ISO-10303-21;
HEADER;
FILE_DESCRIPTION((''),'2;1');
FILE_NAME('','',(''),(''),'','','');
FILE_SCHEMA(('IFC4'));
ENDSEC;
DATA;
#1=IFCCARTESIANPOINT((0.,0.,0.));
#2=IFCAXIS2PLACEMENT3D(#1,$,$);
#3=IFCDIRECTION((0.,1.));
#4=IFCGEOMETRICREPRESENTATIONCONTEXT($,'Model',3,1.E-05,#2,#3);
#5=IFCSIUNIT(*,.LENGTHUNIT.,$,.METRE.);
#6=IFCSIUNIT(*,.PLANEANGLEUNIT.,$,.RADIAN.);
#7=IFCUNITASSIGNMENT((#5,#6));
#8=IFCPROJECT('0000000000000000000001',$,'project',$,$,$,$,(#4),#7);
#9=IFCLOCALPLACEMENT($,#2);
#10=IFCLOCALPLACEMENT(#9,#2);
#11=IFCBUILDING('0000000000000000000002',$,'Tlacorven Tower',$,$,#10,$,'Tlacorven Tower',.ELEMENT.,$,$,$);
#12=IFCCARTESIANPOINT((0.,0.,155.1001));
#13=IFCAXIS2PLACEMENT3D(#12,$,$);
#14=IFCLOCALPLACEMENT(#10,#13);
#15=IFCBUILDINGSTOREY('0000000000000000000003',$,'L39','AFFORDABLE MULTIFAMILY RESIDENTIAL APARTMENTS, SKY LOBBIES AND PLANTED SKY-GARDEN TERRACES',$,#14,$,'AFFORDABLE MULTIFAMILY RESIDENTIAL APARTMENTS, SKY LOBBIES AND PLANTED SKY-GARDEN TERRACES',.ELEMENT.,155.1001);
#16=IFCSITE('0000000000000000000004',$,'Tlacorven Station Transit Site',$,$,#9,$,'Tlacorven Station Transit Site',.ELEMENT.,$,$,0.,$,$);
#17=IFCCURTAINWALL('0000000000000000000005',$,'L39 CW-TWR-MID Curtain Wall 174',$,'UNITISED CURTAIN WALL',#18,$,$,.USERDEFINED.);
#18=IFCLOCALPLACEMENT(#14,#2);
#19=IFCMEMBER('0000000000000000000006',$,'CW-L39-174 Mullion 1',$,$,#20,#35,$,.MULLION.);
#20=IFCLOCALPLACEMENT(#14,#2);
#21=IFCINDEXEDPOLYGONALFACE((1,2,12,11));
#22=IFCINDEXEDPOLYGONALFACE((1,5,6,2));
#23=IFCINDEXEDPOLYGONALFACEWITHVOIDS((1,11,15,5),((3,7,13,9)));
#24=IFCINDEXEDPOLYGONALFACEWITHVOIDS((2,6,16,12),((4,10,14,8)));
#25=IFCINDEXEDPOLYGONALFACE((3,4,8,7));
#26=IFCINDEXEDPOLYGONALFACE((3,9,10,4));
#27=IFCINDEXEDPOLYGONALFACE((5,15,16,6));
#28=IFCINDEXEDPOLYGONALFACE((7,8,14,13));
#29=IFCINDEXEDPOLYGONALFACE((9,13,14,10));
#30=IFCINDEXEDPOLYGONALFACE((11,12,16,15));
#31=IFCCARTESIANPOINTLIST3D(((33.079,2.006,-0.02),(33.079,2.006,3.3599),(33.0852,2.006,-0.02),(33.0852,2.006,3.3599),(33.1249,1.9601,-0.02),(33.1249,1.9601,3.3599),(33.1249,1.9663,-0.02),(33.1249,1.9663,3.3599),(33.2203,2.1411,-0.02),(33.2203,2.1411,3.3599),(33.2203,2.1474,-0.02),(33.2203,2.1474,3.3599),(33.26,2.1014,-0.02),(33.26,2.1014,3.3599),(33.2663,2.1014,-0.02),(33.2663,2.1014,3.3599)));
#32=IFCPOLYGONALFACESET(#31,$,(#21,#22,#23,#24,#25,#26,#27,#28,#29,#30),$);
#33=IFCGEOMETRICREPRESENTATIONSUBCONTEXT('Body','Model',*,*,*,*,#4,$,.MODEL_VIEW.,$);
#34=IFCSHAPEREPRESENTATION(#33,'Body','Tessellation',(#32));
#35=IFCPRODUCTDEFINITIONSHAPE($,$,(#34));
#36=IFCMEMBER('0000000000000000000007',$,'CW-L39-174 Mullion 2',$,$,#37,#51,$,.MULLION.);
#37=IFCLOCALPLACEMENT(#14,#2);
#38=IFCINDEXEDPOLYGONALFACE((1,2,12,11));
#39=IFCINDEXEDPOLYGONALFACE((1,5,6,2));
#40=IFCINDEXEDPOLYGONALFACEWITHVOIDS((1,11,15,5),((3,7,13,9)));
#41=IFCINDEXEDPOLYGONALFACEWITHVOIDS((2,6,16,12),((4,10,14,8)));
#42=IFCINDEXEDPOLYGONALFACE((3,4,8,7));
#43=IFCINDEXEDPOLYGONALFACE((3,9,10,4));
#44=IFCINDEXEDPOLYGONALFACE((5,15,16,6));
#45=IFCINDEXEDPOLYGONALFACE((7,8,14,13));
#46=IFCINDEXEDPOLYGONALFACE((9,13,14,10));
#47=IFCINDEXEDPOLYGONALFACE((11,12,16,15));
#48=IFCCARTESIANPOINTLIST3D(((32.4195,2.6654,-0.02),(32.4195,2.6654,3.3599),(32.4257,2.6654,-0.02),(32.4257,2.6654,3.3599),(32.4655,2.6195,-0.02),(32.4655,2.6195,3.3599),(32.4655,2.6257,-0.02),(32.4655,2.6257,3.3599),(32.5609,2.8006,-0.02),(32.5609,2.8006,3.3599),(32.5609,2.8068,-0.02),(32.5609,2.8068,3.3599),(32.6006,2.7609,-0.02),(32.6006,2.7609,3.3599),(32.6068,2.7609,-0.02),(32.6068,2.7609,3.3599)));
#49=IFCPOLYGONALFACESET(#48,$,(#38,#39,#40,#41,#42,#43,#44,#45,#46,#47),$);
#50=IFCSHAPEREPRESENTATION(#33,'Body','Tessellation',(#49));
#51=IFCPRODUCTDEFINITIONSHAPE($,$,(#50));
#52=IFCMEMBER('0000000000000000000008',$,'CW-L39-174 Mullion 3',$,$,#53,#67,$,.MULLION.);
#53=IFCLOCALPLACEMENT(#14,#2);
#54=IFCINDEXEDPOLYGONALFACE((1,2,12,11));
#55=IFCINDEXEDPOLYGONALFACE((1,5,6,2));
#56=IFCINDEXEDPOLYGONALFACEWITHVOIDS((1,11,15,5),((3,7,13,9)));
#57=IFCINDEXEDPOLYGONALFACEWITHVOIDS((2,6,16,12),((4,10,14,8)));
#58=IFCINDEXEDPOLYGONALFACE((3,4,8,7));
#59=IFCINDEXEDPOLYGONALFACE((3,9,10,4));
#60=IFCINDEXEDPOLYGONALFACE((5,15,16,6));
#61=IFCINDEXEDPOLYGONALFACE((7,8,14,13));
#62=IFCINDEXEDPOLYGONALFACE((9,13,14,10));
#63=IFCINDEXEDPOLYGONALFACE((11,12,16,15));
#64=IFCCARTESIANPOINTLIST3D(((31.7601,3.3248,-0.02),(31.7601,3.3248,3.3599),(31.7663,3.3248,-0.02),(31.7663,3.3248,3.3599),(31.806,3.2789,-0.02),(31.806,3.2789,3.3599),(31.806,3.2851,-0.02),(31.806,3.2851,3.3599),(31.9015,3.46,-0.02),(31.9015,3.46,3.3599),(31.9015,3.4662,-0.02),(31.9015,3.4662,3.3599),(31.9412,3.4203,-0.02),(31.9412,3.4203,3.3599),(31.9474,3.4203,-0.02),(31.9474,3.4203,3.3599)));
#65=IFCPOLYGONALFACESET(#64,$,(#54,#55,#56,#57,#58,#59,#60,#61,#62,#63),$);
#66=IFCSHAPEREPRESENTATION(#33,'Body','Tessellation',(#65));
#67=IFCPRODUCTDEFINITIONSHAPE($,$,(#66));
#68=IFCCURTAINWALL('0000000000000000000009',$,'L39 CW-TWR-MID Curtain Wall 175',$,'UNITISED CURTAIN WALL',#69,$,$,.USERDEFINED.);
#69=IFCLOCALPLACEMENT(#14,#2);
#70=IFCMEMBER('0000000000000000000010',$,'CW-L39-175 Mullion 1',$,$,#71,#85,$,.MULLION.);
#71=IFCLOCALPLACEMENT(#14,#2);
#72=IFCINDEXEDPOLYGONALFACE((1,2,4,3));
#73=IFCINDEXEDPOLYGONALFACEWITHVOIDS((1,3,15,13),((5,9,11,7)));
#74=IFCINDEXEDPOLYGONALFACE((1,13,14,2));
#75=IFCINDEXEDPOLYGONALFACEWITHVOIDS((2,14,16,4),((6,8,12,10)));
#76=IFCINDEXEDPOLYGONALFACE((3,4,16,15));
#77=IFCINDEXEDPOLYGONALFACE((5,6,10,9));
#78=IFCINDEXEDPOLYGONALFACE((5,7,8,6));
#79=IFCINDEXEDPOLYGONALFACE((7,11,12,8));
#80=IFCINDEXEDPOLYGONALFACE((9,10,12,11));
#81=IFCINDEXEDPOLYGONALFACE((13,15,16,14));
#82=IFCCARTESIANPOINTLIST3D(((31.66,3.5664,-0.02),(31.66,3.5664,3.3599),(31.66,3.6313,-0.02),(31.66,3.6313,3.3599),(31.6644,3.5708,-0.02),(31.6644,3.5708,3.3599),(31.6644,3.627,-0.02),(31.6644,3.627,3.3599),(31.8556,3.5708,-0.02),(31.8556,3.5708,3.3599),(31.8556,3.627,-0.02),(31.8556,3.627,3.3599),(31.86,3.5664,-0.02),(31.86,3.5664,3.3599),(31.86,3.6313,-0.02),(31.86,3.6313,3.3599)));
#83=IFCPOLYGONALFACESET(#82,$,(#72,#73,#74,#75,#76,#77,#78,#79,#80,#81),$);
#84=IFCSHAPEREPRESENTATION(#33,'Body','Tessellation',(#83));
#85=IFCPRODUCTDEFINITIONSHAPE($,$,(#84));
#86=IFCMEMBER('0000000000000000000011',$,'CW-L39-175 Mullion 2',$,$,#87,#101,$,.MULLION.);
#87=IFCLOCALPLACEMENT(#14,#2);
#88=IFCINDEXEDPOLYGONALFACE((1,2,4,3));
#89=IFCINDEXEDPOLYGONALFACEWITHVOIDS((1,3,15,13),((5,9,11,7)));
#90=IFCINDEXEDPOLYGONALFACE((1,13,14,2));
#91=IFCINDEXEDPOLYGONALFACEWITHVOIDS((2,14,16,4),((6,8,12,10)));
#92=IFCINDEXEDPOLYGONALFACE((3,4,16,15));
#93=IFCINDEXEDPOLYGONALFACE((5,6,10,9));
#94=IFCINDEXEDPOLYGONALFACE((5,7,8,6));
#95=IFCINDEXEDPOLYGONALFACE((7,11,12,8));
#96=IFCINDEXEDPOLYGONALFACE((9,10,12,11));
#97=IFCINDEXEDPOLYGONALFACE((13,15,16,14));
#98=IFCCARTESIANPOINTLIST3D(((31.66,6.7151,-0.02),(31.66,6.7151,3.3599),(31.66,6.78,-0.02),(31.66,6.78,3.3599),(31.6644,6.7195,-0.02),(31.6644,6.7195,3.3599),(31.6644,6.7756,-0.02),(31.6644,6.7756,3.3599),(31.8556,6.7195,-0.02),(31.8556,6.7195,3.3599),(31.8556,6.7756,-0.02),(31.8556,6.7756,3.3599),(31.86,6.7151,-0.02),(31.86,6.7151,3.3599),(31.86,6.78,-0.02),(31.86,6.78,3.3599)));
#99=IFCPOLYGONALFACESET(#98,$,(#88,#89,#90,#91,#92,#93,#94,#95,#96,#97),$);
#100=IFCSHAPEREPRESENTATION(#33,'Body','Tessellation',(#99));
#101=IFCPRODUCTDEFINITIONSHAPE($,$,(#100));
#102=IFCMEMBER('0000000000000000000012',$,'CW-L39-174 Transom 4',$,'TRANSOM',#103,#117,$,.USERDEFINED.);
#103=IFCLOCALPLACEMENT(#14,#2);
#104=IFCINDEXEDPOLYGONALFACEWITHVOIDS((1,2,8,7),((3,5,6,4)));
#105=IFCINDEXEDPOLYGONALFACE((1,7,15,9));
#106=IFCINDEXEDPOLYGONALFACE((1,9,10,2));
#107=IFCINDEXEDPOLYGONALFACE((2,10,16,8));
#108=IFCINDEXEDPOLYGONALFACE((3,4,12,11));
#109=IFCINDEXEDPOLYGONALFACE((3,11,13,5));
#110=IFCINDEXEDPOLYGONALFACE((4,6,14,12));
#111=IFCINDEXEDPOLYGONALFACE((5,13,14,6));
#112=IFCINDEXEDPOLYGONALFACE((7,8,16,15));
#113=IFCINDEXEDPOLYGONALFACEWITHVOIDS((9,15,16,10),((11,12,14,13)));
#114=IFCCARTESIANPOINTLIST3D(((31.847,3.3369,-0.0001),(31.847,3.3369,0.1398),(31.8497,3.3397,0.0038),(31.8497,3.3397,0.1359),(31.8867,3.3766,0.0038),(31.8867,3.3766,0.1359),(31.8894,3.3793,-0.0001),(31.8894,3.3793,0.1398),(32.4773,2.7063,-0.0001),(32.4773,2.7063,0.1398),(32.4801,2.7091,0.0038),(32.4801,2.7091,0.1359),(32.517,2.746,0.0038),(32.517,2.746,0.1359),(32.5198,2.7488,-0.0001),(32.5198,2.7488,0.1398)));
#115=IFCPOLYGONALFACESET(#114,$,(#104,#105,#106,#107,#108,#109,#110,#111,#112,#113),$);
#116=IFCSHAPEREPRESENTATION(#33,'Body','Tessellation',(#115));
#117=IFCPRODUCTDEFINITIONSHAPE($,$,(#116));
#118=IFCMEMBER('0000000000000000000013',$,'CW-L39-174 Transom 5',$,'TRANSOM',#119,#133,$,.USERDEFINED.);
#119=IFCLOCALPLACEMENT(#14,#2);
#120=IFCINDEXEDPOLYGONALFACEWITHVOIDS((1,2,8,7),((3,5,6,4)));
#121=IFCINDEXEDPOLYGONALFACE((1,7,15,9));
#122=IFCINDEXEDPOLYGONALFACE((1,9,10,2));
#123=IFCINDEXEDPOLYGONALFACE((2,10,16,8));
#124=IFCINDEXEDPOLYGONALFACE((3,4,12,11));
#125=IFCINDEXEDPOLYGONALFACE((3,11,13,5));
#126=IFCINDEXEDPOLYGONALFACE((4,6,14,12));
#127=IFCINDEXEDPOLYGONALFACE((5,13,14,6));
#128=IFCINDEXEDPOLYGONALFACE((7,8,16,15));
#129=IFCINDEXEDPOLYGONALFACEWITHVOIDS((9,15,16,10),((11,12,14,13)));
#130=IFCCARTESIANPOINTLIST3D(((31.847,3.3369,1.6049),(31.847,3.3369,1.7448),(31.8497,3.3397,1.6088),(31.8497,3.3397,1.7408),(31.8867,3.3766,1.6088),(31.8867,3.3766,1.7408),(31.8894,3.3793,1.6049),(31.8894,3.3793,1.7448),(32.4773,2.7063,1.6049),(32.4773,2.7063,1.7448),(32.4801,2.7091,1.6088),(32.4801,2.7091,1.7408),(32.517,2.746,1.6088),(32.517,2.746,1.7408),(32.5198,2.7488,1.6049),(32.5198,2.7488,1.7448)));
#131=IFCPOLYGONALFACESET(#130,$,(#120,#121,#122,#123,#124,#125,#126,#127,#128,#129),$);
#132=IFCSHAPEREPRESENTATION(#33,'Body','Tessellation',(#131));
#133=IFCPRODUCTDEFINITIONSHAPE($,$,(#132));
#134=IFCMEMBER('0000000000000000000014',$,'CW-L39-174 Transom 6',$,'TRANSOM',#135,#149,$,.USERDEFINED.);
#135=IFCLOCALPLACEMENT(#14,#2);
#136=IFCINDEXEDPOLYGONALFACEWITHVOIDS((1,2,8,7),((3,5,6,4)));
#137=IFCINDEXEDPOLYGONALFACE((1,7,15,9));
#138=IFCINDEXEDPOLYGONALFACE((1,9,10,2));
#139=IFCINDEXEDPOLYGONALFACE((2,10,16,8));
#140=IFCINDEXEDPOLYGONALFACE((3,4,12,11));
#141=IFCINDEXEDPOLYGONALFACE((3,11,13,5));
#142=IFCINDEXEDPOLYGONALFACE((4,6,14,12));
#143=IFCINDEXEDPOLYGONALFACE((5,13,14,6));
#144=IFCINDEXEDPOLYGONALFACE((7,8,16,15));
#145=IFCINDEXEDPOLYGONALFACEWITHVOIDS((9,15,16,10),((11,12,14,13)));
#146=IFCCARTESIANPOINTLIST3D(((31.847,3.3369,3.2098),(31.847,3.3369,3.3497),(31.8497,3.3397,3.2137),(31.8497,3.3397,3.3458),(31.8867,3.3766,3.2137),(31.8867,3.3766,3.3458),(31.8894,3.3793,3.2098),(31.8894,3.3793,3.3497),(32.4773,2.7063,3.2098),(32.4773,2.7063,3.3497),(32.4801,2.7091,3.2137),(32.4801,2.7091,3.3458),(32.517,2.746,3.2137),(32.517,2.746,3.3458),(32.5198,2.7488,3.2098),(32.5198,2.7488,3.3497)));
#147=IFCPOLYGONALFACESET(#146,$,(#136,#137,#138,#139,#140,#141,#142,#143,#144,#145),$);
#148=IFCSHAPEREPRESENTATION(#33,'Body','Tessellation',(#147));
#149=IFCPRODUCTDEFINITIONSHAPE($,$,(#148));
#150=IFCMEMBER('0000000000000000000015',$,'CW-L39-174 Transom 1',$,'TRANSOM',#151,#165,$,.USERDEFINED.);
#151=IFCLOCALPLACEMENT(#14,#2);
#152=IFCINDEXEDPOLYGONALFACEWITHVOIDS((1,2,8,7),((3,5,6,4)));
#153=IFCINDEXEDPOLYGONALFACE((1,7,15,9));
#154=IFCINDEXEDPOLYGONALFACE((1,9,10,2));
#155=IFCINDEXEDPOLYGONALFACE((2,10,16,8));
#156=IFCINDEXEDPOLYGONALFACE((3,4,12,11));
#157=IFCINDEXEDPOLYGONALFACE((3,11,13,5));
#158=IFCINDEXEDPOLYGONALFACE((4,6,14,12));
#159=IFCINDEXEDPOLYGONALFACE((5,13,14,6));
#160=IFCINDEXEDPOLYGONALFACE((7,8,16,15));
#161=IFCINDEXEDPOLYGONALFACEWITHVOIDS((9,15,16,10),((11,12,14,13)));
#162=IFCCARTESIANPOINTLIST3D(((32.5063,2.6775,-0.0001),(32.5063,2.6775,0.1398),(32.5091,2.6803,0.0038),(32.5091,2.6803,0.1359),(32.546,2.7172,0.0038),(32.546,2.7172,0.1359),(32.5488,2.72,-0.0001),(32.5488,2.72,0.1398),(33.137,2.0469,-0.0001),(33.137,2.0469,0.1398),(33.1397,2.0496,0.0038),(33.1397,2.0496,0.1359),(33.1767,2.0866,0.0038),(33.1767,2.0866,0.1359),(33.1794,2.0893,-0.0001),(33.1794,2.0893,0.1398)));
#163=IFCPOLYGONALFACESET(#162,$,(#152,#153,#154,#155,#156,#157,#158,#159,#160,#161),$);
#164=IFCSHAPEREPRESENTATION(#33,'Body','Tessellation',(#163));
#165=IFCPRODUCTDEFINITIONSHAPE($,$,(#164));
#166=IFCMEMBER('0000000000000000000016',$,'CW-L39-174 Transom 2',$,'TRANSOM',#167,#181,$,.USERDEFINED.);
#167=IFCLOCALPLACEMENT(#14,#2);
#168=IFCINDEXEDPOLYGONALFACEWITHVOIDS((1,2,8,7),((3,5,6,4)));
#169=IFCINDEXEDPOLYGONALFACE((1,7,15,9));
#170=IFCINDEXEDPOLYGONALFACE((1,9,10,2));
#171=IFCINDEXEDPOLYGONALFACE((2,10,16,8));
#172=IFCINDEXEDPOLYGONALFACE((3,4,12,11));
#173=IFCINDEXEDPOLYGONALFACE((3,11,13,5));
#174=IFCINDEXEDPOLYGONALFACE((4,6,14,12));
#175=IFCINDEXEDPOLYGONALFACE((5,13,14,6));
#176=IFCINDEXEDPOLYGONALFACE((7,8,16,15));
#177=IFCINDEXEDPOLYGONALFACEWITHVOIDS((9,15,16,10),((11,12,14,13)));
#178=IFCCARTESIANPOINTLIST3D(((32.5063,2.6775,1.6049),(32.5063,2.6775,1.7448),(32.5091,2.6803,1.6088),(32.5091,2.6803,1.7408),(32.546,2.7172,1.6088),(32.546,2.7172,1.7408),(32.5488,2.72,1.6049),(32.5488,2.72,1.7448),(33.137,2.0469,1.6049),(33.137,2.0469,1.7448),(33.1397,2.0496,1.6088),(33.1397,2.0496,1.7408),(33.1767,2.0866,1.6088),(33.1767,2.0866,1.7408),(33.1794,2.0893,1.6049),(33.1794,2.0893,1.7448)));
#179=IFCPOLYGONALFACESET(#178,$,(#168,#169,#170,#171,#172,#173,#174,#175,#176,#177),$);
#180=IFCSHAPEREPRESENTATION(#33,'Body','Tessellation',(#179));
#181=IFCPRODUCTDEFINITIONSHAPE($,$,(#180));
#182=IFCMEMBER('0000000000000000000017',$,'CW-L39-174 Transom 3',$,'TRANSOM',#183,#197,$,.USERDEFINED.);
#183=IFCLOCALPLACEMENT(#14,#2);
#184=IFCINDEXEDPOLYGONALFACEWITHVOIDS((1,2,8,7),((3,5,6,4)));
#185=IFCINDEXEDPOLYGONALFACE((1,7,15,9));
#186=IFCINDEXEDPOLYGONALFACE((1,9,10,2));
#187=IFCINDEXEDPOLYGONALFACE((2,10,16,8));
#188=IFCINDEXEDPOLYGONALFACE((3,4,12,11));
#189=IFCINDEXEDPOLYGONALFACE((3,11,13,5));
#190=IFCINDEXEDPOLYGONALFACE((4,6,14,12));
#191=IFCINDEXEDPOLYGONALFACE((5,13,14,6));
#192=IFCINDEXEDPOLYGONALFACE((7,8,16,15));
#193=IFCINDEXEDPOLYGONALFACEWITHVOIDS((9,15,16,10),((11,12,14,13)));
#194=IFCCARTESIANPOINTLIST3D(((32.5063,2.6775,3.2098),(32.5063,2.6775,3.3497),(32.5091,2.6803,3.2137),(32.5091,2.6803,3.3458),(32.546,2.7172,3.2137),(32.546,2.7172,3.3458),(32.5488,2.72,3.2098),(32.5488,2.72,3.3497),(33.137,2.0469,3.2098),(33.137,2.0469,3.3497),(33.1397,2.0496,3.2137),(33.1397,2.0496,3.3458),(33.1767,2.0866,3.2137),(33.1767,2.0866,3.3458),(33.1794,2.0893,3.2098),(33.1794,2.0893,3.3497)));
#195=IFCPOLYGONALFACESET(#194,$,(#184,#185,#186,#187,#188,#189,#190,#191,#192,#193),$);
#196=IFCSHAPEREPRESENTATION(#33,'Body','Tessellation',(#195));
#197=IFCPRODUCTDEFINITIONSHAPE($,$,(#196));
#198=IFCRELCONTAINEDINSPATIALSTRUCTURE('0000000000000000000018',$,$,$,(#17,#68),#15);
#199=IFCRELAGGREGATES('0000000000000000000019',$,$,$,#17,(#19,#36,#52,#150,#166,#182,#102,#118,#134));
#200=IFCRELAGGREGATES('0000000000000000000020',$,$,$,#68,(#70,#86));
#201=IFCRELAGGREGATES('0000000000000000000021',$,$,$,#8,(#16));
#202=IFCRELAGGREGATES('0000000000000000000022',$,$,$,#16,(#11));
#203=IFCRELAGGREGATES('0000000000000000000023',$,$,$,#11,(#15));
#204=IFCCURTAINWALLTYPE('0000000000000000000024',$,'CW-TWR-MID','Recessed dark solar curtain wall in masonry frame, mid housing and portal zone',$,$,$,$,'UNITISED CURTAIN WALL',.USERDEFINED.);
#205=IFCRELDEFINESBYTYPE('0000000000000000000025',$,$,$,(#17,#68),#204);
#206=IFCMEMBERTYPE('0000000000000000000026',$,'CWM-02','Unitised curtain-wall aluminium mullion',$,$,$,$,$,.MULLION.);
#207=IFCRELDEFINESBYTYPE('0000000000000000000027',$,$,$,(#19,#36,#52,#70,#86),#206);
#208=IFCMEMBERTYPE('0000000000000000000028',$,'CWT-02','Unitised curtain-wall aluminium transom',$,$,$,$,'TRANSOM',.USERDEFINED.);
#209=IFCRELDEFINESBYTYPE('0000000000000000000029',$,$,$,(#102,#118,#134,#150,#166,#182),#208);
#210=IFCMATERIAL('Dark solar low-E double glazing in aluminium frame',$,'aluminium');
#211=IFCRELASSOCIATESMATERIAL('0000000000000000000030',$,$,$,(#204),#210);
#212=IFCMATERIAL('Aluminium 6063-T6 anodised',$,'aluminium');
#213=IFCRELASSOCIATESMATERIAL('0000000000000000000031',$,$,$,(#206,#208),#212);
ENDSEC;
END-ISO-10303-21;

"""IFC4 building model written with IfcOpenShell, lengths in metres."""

from ifc_helpers import new_model, si_unit, direction, frame, origin, origin_2d, place, context, subcontext, project, spatial, hollow_rectangle, extrude, source, transform, mapped, material, material_profile, profile_set, type_object, element, aggregate, save


model = new_model("IFC4")

# Units and contexts
model_context = context("Model", 3, precision=1e-05, world=origin(), true_north=direction((0.0, 1.0)))
body_context = subcontext(model_context, "Body", "Model", "MODEL_VIEW")
ifc_project = project(units=[si_unit("LENGTHUNIT", "METRE"), si_unit("PLANEANGLEUNIT", "RADIAN")], contexts=[model_context])

# Site, building, storey
site_placement = place(None, origin())
site = spatial("IfcSite", under=ifc_project, at=site_placement, Name="Tlacorven Station Transit Site", LongName="Tlacorven Station Transit Site", CompositionType="ELEMENT", RefElevation=0.0)
building_placement = place(site_placement, origin())
building = spatial("IfcBuilding", under=site, at=building_placement, Name="Tlacorven Tower", LongName="Tlacorven Tower", CompositionType="ELEMENT")
storey_placement = place(building_placement, frame((0.0, 0.0, 155.1001)))
storey = spatial("IfcBuildingStorey", under=building, at=storey_placement, Name="L39", Description="AFFORDABLE MULTIFAMILY RESIDENTIAL APARTMENTS, SKY LOBBIES AND PLANTED SKY-GARDEN TERRACES", LongName="AFFORDABLE MULTIFAMILY RESIDENTIAL APARTMENTS, SKY LOBBIES AND PLANTED SKY-GARDEN TERRACES", CompositionType="ELEMENT", Elevation=155.1001)

# Curtain walls, members
ifc_material_1 = material(Name="Dark solar low-E double glazing in aluminium frame", Category="aluminium")
curtain_wall_type = type_object("IfcCurtainWallType", Name="CW-TWR-MID", Description="Recessed dark solar curtain wall in masonry frame, mid housing and portal zone", ElementType="UNITISED CURTAIN WALL", PredefinedType="USERDEFINED", material=ifc_material_1)
curtain_wall_1_placement = place(storey_placement, origin())
curtain_wall_1 = element("IfcCurtainWall", 1, at=curtain_wall_1_placement, inside=storey, type_object=curtain_wall_type, Name="L39 CW-TWR-MID Curtain Wall 174", ObjectType="UNITISED CURTAIN WALL", PredefinedType="USERDEFINED")
ifc_material_2 = material(Name="Aluminium 6063-T6 anodised", Category="aluminium")
ifc_material_profile_1 = material_profile(ifc_material_2, hollow_rectangle(XDim=0.0649, YDim=0.2, WallThickness=0.0044, at=origin_2d()), Name="ALU MULLION 65X200")
ifc_profile_set_1 = profile_set([ifc_material_profile_1], Name="Aluminium 6063-T6 anodised")
member_type_1 = type_object("IfcMemberType", Name="CWM-02", Description="Unitised curtain-wall aluminium mullion", PredefinedType="MULLION", material=ifc_profile_set_1)
shared_shape_1 = source(origin(), body_context, "Body", "SweptSolid", [
    extrude(hollow_rectangle(XDim=0.0649, YDim=0.2, WallThickness=0.0044, at=origin_2d()), origin(), (0.0, 0.0, 1.0), 3.3799),
])
member_1_placement = place(storey_placement, frame((33.1726, 2.0537, -0.02), z_axis=(0.0, 0.0, 1.0), x_axis=(-0.707107, 0.707107, 0.0)))
member_1 = element("IfcMember", 2, at=member_1_placement, type_object=member_type_1, Name="CW-L39-174 Mullion 1", PredefinedType="MULLION", context=body_context, shape_type="MappedRepresentation", body=[
    mapped(shared_shape_1, transform((0.0, 0.0, 0.0), scale=1.0)),
])
member_2_placement = place(storey_placement, frame((32.5132, 2.7131, -0.02), z_axis=(0.0, 0.0, 1.0), x_axis=(-0.707107, 0.707107, 0.0)))
member_2 = element("IfcMember", 3, at=member_2_placement, type_object=member_type_1, Name="CW-L39-174 Mullion 2", PredefinedType="MULLION", context=body_context, shape_type="MappedRepresentation", body=[
    mapped(shared_shape_1, transform((0.0, 0.0, 0.0), scale=1.0)),
])
member_3_placement = place(storey_placement, frame((31.8538, 3.3726, -0.02), z_axis=(0.0, 0.0, 1.0), x_axis=(-0.707107, 0.707107, 0.0)))
member_3 = element("IfcMember", 4, at=member_3_placement, type_object=member_type_1, Name="CW-L39-174 Mullion 3", PredefinedType="MULLION", context=body_context, shape_type="MappedRepresentation", body=[
    mapped(shared_shape_1, transform((0.0, 0.0, 0.0), scale=1.0)),
])
curtain_wall_2_placement = place(storey_placement, origin())
curtain_wall_2 = element("IfcCurtainWall", 5, at=curtain_wall_2_placement, inside=storey, type_object=curtain_wall_type, Name="L39 CW-TWR-MID Curtain Wall 175", ObjectType="UNITISED CURTAIN WALL", PredefinedType="USERDEFINED")
member_4_placement = place(storey_placement, frame((31.76, 3.5989, -0.02), z_axis=(0.0, 0.0, 1.0), x_axis=(0.0, 1.0, 0.0)))
member_4 = element("IfcMember", 6, at=member_4_placement, type_object=member_type_1, Name="CW-L39-175 Mullion 1", PredefinedType="MULLION", context=body_context, shape_type="MappedRepresentation", body=[
    mapped(shared_shape_1, transform((0.0, 0.0, 0.0), scale=1.0)),
])
member_5_placement = place(storey_placement, frame((31.76, 6.7476, -0.02), z_axis=(0.0, 0.0, 1.0), x_axis=(0.0, 1.0, 0.0)))
member_5 = element("IfcMember", 7, at=member_5_placement, type_object=member_type_1, Name="CW-L39-175 Mullion 2", PredefinedType="MULLION", context=body_context, shape_type="MappedRepresentation", body=[
    mapped(shared_shape_1, transform((0.0, 0.0, 0.0), scale=1.0)),
])

# Members
ifc_material_profile_2 = material_profile(ifc_material_2, hollow_rectangle(XDim=0.0601, YDim=0.1399, WallThickness=0.0039, at=origin_2d()), Name="ALU TRANSOM 60X140")
ifc_profile_set_2 = profile_set([ifc_material_profile_2], Name="Aluminium 6063-T6 anodised")
member_type_2 = type_object("IfcMemberType", Name="CWT-02", Description="Unitised curtain-wall aluminium transom", ElementType="TRANSOM", PredefinedType="USERDEFINED", material=ifc_profile_set_2)
shared_shape_2 = source(origin(), body_context, "Body", "SweptSolid", [
    extrude(hollow_rectangle(XDim=0.0601, YDim=0.1399, WallThickness=0.0039, at=origin_2d()), origin(), (0.0, 0.0, 1.0), 0.8916),
])
member_6_placement = place(storey_placement, frame((32.4985, 2.7275, 0.0698), z_axis=(-0.70697, 0.707244, 0.0), x_axis=(-0.707244, -0.70697, 0.0)))
member_6 = element("IfcMember", 8, at=member_6_placement, type_object=member_type_2, Name="CW-L39-174 Transom 4", ObjectType="TRANSOM", PredefinedType="USERDEFINED", context=body_context, shape_type="MappedRepresentation", body=[
    mapped(shared_shape_2, transform((0.0, 0.0, 0.0), scale=1.0)),
])
member_7_placement = place(storey_placement, frame((32.4985, 2.7275, 1.6748), z_axis=(-0.70697, 0.707244, 0.0), x_axis=(-0.707244, -0.70697, 0.0)))
member_7 = element("IfcMember", 9, at=member_7_placement, type_object=member_type_2, Name="CW-L39-174 Transom 5", ObjectType="TRANSOM", PredefinedType="USERDEFINED", context=body_context, shape_type="MappedRepresentation", body=[
    mapped(shared_shape_2, transform((0.0, 0.0, 0.0), scale=1.0)),
])
member_8_placement = place(storey_placement, frame((32.4985, 2.7275, 3.2798), z_axis=(-0.70697, 0.707244, 0.0), x_axis=(-0.707244, -0.70697, 0.0)))
member_8 = element("IfcMember", 10, at=member_8_placement, type_object=member_type_2, Name="CW-L39-174 Transom 6", ObjectType="TRANSOM", PredefinedType="USERDEFINED", context=body_context, shape_type="MappedRepresentation", body=[
    mapped(shared_shape_2, transform((0.0, 0.0, 0.0), scale=1.0)),
])
shared_shape_3 = source(origin(), body_context, "Body", "SweptSolid", [
    extrude(hollow_rectangle(XDim=0.0601, YDim=0.1399, WallThickness=0.0039, at=origin_2d()), origin(), (0.0, 0.0, 1.0), 0.8918),
])
member_9_placement = place(storey_placement, frame((33.1582, 2.0681, 0.0698), z_axis=(-0.707107, 0.707107, 0.0), x_axis=(-0.707107, -0.707107, 0.0)))
member_9 = element("IfcMember", 11, at=member_9_placement, type_object=member_type_2, Name="CW-L39-174 Transom 1", ObjectType="TRANSOM", PredefinedType="USERDEFINED", context=body_context, shape_type="MappedRepresentation", body=[
    mapped(shared_shape_3, transform((0.0, 0.0, 0.0), scale=1.0)),
])
member_10_placement = place(storey_placement, frame((33.1582, 2.0681, 1.6748), z_axis=(-0.707107, 0.707107, 0.0), x_axis=(-0.707107, -0.707107, 0.0)))
member_10 = element("IfcMember", 12, at=member_10_placement, type_object=member_type_2, Name="CW-L39-174 Transom 2", ObjectType="TRANSOM", PredefinedType="USERDEFINED", context=body_context, shape_type="MappedRepresentation", body=[
    mapped(shared_shape_3, transform((0.0, 0.0, 0.0), scale=1.0)),
])
member_11_placement = place(storey_placement, frame((33.1582, 2.0681, 3.2798), z_axis=(-0.707107, 0.707107, 0.0), x_axis=(-0.707107, -0.707107, 0.0)))
member_11 = element("IfcMember", 13, at=member_11_placement, type_object=member_type_2, Name="CW-L39-174 Transom 3", ObjectType="TRANSOM", PredefinedType="USERDEFINED", context=body_context, shape_type="MappedRepresentation", body=[
    mapped(shared_shape_3, transform((0.0, 0.0, 0.0), scale=1.0)),
])

aggregate(curtain_wall_1, [member_1, member_2, member_3, member_9, member_10, member_11, member_6, member_7, member_8])
aggregate(curtain_wall_2, [member_4, member_5])

save(model, "model.ifc")
